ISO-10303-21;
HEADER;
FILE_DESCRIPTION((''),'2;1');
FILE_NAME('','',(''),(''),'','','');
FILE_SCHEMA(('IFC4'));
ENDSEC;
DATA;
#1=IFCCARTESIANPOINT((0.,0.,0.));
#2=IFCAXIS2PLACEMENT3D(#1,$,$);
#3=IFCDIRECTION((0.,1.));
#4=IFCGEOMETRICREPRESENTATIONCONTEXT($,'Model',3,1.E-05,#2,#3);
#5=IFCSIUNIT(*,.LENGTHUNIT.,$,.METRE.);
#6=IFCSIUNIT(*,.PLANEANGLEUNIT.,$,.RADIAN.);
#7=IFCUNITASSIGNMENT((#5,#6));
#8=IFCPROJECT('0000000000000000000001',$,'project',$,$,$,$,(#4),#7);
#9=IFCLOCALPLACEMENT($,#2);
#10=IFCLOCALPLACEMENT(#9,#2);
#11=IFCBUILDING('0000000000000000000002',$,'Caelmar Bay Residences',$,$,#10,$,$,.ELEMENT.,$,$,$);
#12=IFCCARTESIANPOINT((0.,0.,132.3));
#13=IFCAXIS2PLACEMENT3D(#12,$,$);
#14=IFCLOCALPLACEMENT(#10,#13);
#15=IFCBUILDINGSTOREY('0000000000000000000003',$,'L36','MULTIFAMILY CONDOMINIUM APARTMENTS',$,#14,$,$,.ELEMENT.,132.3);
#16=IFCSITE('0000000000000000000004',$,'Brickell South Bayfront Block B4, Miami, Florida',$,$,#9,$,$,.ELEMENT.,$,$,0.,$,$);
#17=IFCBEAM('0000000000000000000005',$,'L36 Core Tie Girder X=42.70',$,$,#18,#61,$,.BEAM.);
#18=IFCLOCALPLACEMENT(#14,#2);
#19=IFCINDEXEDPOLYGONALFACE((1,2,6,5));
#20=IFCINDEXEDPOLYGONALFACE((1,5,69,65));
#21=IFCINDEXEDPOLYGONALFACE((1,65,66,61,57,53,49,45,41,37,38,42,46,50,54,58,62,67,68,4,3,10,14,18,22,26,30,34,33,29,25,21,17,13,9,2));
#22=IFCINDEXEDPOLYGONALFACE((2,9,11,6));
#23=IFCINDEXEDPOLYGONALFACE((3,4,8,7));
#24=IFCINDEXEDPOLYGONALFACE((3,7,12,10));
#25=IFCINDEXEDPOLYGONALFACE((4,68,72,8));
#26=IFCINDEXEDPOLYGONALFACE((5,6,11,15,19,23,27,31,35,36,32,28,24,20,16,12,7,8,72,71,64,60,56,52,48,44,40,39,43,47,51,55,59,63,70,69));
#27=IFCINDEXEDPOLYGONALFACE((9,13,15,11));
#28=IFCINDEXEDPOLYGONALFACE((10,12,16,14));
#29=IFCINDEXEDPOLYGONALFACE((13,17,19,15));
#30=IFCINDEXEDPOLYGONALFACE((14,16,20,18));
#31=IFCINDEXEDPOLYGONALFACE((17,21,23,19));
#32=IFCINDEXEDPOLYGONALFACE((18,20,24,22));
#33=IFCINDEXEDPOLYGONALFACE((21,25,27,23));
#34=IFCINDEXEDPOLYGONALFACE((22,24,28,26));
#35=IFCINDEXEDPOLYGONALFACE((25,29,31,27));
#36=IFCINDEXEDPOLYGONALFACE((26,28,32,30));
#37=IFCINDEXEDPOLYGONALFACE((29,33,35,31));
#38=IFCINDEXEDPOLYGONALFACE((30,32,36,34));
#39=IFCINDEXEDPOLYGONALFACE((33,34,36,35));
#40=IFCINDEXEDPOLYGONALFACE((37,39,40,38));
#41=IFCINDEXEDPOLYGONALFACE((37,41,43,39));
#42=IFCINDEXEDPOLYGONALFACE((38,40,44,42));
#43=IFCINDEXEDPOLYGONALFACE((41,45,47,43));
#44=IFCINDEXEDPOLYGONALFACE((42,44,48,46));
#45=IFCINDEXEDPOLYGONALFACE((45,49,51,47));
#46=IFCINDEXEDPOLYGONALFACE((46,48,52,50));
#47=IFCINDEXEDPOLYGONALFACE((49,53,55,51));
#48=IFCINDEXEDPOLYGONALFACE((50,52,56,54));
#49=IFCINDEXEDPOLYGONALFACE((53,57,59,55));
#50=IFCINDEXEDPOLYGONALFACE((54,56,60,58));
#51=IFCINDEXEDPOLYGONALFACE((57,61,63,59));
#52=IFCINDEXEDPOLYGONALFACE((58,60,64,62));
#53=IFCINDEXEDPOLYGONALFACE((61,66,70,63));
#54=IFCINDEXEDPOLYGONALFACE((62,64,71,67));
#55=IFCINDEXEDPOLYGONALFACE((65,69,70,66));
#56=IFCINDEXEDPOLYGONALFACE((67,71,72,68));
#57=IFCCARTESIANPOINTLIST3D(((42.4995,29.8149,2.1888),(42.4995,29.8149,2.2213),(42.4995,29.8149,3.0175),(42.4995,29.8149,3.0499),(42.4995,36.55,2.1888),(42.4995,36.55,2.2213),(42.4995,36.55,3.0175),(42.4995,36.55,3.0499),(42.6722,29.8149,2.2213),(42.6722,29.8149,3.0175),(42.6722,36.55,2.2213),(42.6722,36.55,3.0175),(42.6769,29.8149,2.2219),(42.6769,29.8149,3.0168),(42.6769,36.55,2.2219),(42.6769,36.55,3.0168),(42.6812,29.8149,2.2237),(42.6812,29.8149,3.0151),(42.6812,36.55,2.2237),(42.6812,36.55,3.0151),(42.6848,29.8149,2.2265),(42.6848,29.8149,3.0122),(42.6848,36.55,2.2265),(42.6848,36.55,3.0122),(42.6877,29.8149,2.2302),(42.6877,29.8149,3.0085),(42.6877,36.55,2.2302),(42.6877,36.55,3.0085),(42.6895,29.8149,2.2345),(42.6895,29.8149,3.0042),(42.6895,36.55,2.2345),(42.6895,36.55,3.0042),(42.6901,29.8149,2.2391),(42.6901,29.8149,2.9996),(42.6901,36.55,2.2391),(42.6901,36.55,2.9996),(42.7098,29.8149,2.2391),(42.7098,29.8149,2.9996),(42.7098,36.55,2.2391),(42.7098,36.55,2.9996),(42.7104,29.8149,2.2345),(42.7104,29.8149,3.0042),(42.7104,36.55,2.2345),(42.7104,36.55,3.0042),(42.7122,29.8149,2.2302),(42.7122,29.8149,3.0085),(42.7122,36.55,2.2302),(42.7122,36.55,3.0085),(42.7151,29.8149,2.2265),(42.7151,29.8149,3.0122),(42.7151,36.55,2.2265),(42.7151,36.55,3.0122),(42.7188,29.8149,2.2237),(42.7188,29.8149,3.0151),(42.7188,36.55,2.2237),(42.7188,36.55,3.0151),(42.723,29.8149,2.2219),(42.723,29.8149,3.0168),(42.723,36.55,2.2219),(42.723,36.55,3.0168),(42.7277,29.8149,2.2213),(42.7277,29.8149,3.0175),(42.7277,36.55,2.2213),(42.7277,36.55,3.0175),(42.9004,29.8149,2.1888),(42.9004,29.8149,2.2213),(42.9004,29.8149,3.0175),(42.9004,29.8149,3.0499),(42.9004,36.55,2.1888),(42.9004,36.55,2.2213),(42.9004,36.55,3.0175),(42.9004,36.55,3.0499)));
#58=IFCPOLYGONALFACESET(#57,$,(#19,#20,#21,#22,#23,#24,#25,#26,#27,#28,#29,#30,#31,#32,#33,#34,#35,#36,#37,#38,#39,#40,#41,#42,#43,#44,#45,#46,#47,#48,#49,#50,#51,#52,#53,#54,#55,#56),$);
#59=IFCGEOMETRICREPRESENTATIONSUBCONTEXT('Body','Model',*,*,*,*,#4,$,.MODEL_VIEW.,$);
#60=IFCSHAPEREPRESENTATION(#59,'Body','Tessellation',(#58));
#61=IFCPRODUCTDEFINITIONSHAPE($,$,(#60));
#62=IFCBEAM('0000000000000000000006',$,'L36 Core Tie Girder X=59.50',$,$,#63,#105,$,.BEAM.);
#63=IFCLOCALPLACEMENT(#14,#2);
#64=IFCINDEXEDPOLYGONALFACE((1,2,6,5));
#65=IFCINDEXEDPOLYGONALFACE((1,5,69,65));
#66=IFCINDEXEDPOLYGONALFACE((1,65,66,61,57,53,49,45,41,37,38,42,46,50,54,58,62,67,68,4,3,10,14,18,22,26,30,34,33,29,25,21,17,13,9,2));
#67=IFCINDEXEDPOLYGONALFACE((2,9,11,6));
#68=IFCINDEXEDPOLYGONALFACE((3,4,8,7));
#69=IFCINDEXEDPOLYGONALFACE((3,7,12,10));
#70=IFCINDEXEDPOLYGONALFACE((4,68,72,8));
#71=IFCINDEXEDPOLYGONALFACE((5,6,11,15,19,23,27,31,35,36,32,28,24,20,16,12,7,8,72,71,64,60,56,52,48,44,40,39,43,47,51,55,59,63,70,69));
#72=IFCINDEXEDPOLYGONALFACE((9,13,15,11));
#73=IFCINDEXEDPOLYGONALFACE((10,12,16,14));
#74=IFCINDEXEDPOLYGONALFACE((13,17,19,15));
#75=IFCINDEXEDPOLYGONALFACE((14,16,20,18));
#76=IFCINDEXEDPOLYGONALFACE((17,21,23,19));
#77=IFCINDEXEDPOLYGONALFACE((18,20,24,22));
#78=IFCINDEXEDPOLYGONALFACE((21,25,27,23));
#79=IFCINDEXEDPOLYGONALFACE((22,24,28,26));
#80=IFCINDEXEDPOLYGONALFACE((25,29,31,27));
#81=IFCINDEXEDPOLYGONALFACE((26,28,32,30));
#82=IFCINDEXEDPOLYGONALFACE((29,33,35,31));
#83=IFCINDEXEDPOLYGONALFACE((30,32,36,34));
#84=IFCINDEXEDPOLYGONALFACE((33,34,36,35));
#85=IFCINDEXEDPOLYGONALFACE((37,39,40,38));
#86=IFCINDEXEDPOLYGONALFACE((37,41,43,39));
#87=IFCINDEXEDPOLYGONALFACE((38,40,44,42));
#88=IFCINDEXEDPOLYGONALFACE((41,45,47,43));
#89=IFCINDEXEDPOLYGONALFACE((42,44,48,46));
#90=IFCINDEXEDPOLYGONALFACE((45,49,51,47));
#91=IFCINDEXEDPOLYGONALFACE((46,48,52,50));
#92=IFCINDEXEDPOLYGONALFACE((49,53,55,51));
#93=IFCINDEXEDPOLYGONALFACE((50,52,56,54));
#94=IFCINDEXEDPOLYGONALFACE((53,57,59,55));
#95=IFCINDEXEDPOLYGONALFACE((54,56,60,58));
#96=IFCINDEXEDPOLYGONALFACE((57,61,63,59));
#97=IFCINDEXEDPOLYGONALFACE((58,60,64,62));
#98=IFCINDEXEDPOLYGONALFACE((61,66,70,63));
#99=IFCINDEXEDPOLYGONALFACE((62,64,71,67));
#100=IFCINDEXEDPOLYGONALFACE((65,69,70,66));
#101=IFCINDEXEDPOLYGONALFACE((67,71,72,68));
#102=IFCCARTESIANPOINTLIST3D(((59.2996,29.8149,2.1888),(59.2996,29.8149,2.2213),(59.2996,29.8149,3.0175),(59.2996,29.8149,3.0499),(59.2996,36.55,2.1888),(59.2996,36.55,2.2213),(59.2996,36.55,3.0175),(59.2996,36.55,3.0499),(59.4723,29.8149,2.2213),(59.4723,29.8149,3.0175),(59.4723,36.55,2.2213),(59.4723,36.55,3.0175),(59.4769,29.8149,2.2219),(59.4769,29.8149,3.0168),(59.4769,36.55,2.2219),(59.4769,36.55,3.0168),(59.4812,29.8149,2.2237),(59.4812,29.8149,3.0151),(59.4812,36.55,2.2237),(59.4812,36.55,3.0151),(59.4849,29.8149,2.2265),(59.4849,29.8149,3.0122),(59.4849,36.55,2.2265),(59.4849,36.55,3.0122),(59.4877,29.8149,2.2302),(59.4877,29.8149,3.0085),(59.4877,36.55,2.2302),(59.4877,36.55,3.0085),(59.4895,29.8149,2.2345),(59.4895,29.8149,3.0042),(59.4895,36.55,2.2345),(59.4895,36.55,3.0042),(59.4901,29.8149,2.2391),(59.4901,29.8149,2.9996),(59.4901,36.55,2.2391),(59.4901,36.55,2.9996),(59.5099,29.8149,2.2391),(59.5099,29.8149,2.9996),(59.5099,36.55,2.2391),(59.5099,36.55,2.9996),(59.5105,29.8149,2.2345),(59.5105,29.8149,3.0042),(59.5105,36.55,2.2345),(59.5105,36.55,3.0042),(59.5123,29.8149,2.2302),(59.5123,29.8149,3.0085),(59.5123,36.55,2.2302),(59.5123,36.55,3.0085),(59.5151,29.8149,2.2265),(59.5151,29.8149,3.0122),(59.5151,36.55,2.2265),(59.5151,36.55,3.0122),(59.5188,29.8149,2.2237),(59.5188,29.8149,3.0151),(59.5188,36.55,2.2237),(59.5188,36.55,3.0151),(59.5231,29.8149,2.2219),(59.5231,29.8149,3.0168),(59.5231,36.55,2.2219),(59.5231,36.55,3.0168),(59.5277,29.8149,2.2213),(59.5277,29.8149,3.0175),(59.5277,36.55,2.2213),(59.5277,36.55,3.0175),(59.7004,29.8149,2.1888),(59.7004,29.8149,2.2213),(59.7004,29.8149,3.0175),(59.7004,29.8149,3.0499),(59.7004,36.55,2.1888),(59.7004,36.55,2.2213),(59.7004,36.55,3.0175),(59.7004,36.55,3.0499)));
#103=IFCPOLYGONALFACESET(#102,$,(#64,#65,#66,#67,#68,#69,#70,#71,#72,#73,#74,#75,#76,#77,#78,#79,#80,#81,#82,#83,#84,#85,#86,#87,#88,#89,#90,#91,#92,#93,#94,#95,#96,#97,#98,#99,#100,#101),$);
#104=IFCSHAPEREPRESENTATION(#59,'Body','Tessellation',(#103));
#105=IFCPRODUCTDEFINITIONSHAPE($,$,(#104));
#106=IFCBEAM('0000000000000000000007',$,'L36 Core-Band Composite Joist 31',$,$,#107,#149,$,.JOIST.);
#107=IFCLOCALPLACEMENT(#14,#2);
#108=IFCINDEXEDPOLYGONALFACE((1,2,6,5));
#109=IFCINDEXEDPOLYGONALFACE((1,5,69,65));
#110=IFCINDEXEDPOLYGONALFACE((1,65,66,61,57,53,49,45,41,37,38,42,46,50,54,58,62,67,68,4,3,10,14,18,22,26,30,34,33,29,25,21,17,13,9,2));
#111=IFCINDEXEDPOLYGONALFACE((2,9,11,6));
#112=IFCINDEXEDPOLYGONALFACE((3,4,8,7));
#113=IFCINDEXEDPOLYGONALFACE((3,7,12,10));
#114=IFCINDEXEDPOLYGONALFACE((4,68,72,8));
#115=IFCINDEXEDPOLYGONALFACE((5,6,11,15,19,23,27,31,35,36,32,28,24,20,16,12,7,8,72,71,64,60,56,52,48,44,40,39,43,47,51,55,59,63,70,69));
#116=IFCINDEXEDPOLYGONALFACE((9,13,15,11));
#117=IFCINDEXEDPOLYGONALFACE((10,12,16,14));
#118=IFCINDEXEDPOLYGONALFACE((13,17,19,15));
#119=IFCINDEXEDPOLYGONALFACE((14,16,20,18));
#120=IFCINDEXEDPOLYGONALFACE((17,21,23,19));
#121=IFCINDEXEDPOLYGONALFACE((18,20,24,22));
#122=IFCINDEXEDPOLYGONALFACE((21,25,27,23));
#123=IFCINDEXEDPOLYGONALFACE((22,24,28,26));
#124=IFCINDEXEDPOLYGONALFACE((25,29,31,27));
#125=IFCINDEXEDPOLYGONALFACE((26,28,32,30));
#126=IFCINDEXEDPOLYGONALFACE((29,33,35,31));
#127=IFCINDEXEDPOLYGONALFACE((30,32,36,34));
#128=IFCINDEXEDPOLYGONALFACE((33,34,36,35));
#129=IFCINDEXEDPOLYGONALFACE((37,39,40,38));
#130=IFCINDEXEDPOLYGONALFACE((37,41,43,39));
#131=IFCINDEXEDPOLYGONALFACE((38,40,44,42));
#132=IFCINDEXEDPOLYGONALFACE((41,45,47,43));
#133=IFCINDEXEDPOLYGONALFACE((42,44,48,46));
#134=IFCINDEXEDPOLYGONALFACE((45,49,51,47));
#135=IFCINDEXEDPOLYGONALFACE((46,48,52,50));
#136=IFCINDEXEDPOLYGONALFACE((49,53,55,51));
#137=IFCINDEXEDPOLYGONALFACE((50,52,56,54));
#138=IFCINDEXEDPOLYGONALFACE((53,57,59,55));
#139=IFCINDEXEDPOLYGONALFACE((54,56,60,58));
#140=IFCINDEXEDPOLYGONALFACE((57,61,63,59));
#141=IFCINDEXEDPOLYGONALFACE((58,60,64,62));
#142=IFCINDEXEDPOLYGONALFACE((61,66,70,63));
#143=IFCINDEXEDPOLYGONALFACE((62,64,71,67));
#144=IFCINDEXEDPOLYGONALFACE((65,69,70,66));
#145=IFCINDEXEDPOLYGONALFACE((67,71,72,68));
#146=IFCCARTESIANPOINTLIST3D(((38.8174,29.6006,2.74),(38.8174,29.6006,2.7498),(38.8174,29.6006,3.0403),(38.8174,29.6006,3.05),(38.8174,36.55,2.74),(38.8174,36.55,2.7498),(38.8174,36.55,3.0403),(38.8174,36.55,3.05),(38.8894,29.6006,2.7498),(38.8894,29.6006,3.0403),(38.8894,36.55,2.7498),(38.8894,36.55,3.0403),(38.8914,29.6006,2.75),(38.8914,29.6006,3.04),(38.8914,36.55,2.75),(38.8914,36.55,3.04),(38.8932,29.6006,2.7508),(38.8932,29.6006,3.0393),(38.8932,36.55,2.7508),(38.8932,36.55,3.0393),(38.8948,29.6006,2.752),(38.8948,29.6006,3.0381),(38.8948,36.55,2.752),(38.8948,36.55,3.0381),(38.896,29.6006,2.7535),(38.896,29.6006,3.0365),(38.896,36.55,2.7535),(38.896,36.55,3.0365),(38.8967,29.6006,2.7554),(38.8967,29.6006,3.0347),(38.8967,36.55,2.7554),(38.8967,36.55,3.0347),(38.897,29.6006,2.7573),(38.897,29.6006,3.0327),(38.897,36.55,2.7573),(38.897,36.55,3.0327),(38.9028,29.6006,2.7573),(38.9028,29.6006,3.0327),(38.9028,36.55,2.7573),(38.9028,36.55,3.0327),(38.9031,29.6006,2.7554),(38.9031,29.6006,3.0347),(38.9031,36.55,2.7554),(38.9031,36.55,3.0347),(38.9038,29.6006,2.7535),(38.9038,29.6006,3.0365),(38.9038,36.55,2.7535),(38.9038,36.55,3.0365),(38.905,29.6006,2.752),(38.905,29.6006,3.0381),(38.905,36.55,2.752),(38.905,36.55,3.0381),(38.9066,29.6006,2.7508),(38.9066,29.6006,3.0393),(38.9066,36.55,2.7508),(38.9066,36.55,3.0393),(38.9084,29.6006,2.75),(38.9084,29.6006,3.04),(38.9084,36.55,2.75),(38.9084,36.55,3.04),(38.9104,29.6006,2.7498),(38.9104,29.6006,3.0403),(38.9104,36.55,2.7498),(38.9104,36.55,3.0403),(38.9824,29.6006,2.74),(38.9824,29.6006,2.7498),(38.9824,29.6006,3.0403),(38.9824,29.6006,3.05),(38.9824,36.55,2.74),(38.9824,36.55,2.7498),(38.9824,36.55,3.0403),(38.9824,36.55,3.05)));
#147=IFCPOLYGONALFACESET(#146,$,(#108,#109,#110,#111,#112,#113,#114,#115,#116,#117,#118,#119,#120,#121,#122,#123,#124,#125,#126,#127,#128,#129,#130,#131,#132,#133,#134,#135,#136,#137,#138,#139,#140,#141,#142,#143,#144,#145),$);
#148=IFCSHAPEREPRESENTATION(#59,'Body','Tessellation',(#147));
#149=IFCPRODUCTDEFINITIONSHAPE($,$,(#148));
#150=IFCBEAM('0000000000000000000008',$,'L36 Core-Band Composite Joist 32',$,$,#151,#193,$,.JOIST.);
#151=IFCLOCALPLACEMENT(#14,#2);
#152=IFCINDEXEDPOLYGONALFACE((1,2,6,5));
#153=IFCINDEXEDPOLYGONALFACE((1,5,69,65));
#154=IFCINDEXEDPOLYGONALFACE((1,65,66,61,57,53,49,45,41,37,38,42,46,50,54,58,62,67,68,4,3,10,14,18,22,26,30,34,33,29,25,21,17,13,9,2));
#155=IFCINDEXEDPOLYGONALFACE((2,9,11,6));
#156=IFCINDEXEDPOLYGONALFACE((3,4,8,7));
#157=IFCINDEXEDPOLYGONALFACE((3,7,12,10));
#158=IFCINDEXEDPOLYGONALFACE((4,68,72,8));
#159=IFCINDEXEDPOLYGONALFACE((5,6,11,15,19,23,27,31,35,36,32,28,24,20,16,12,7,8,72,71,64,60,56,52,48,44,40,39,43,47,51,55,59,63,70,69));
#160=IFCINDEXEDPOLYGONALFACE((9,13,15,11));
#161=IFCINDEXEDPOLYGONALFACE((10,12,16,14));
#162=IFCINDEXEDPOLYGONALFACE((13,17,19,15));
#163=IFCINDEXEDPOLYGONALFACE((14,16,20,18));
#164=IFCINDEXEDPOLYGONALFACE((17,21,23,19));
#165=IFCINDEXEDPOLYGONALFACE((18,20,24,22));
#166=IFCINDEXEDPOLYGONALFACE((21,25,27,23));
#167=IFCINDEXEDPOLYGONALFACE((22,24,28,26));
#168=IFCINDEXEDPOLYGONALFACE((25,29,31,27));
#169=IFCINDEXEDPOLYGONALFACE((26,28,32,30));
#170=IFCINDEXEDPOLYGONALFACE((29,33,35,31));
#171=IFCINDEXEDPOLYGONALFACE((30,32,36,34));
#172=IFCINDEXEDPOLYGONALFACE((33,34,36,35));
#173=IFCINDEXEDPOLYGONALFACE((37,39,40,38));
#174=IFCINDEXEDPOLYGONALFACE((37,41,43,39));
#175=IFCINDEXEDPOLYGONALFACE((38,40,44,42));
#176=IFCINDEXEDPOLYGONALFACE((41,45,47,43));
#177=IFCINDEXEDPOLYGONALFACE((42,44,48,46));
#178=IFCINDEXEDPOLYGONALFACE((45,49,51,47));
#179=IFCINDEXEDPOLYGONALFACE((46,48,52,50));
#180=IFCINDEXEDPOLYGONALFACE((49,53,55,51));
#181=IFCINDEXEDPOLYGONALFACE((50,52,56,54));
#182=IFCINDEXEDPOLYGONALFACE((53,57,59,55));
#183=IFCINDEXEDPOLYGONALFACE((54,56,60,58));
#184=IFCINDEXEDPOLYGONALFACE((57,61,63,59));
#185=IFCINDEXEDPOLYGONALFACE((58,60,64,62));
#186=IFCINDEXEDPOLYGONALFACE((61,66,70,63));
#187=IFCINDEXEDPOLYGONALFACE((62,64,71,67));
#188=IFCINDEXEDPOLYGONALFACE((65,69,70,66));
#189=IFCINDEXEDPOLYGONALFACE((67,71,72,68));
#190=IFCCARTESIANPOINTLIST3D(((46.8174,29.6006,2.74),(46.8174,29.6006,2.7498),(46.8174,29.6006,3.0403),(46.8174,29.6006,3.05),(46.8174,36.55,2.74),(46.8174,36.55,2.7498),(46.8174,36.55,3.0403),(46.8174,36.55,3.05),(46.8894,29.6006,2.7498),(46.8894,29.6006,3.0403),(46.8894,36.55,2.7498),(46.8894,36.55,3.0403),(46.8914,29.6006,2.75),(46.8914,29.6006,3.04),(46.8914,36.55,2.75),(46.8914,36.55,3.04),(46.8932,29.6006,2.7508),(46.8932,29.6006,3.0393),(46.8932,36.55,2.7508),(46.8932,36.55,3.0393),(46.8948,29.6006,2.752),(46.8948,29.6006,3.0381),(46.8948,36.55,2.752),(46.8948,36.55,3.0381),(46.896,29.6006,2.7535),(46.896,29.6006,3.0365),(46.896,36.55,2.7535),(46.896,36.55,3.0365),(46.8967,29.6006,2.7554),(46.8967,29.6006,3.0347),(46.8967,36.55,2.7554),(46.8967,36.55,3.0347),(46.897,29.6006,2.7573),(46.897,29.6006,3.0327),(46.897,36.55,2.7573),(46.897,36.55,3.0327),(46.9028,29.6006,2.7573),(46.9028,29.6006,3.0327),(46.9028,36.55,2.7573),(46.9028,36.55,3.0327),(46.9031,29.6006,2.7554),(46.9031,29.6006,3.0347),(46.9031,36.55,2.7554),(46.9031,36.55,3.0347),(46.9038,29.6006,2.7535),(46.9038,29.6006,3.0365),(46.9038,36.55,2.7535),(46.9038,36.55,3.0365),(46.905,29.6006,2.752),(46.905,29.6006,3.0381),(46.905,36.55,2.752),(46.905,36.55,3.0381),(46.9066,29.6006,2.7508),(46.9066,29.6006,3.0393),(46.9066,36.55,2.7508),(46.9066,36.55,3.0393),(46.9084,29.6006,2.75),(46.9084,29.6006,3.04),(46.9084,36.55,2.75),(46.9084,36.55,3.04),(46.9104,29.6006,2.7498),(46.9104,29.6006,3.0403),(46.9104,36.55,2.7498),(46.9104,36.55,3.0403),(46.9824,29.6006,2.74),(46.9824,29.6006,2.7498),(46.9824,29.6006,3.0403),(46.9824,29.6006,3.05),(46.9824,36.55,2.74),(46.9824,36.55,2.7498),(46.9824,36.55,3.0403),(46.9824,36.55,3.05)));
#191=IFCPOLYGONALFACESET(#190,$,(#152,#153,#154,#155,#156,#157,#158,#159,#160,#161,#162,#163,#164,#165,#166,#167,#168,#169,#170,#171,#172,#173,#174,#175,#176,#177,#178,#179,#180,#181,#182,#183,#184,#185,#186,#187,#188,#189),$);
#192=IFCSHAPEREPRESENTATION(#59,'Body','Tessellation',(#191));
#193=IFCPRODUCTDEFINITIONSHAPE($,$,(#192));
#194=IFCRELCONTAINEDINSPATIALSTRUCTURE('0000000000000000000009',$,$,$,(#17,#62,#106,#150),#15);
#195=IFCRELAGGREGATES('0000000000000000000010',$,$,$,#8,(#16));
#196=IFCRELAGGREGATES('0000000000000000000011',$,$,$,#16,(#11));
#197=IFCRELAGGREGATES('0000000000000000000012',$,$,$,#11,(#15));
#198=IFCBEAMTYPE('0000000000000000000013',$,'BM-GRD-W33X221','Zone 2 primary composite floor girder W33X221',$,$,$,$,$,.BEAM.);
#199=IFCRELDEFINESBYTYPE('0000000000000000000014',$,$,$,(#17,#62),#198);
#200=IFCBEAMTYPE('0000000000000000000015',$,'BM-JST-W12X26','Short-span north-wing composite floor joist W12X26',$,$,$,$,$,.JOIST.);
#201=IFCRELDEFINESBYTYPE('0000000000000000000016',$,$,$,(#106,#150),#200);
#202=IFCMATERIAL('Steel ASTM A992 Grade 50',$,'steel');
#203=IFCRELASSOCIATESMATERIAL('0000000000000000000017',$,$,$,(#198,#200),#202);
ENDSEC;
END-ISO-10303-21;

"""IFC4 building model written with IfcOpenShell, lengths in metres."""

from ifc_helpers import new_model, si_unit, direction, frame, origin, origin_2d, place, context, subcontext, project, spatial, i_section, extrude, material, material_profile, profile_set, type_object, element, save


model = new_model("IFC4")

# Units and contexts
model_context = context("Model", 3, precision=1e-05, world=origin(), true_north=direction((0.0, 1.0)))
body_context = subcontext(model_context, "Body", "Model", "MODEL_VIEW")
ifc_project = project(units=[si_unit("LENGTHUNIT", "METRE"), si_unit("PLANEANGLEUNIT", "RADIAN")], contexts=[model_context])

# Site, building, storey
site_placement = place(None, origin())
site = spatial("IfcSite", under=ifc_project, at=site_placement, Name="Brickell South Bayfront Block B4, Miami, Florida", CompositionType="ELEMENT", RefElevation=0.0)
building_placement = place(site_placement, origin())
building = spatial("IfcBuilding", under=site, at=building_placement, Name="Caelmar Bay Residences", CompositionType="ELEMENT")
storey_placement = place(building_placement, frame((0.0, 0.0, 132.3)))
storey = spatial("IfcBuildingStorey", under=building, at=storey_placement, Name="L36", Description="MULTIFAMILY CONDOMINIUM APARTMENTS", CompositionType="ELEMENT", Elevation=132.3)

# Beams
ifc_material_1 = material(Name="Steel ASTM A992 Grade 50", Category="steel")
ifc_material_profile_1 = material_profile(ifc_material_1, i_section(OverallWidth=0.4009, OverallDepth=0.8611, WebThickness=0.0198, FlangeThickness=0.0325, FilletRadius=0.0178, at=origin_2d()), Name="W33X221")
ifc_profile_set_1 = profile_set([ifc_material_profile_1], Name="Steel ASTM A992 Grade 50")
beam_type_1 = type_object("IfcBeamType", Name="BM-GRD-W33X221", Description="Zone 2 primary composite floor girder W33X221", PredefinedType="BEAM", material=ifc_profile_set_1)
for number, where, z_axis, x_axis, name in (
    (1, (42.7, 29.8149, 2.6194), (0.0, 1.0, 0.0), (-1.0, 0.0, 0.0), "L36 Core Tie Girder X=42.70"),
    (2, (59.5, 29.8149, 2.6194), (0.0, 1.0, 0.0), (-1.0, 0.0, 0.0), "L36 Core Tie Girder X=59.50"),
):
    element("IfcBeam", number, at=place(storey_placement, frame(where, z_axis=z_axis, x_axis=x_axis)), inside=storey, type_object=beam_type_1, Name=name, PredefinedType="BEAM", context=body_context, shape_type="SweptSolid", body=[
        extrude(i_section(OverallWidth=0.4009, OverallDepth=0.8611, WebThickness=0.0198, FlangeThickness=0.0325, FilletRadius=0.0178, at=origin_2d()), origin(), (0.0, 0.0, 1.0), 6.7351),
    ])
ifc_material_profile_2 = material_profile(ifc_material_1, i_section(OverallWidth=0.165, OverallDepth=0.3101, WebThickness=0.0059, FlangeThickness=0.0098, FilletRadius=0.0076, at=origin_2d()), Name="W12X26")
ifc_profile_set_2 = profile_set([ifc_material_profile_2], Name="Steel ASTM A992 Grade 50")
beam_type_2 = type_object("IfcBeamType", Name="BM-JST-W12X26", Description="Short-span north-wing composite floor joist W12X26", PredefinedType="JOIST", material=ifc_profile_set_2)
for number, where, z_axis, x_axis, name in (
    (3, (38.8999, 29.6006, 2.895), (0.0, 1.0, 0.0), (-1.0, 0.0, 0.0), "L36 Core-Band Composite Joist 31"),
    (4, (46.8999, 29.6006, 2.895), (0.0, 1.0, 0.0), (-1.0, 0.0, 0.0), "L36 Core-Band Composite Joist 32"),
):
    element("IfcBeam", number, at=place(storey_placement, frame(where, z_axis=z_axis, x_axis=x_axis)), inside=storey, type_object=beam_type_2, Name=name, PredefinedType="JOIST", context=body_context, shape_type="SweptSolid", body=[
        extrude(i_section(OverallWidth=0.165, OverallDepth=0.3101, WebThickness=0.0059, FlangeThickness=0.0098, FilletRadius=0.0076, at=origin_2d()), origin(), (0.0, 0.0, 1.0), 6.9495),
    ])

save(model, "model.ifc")
